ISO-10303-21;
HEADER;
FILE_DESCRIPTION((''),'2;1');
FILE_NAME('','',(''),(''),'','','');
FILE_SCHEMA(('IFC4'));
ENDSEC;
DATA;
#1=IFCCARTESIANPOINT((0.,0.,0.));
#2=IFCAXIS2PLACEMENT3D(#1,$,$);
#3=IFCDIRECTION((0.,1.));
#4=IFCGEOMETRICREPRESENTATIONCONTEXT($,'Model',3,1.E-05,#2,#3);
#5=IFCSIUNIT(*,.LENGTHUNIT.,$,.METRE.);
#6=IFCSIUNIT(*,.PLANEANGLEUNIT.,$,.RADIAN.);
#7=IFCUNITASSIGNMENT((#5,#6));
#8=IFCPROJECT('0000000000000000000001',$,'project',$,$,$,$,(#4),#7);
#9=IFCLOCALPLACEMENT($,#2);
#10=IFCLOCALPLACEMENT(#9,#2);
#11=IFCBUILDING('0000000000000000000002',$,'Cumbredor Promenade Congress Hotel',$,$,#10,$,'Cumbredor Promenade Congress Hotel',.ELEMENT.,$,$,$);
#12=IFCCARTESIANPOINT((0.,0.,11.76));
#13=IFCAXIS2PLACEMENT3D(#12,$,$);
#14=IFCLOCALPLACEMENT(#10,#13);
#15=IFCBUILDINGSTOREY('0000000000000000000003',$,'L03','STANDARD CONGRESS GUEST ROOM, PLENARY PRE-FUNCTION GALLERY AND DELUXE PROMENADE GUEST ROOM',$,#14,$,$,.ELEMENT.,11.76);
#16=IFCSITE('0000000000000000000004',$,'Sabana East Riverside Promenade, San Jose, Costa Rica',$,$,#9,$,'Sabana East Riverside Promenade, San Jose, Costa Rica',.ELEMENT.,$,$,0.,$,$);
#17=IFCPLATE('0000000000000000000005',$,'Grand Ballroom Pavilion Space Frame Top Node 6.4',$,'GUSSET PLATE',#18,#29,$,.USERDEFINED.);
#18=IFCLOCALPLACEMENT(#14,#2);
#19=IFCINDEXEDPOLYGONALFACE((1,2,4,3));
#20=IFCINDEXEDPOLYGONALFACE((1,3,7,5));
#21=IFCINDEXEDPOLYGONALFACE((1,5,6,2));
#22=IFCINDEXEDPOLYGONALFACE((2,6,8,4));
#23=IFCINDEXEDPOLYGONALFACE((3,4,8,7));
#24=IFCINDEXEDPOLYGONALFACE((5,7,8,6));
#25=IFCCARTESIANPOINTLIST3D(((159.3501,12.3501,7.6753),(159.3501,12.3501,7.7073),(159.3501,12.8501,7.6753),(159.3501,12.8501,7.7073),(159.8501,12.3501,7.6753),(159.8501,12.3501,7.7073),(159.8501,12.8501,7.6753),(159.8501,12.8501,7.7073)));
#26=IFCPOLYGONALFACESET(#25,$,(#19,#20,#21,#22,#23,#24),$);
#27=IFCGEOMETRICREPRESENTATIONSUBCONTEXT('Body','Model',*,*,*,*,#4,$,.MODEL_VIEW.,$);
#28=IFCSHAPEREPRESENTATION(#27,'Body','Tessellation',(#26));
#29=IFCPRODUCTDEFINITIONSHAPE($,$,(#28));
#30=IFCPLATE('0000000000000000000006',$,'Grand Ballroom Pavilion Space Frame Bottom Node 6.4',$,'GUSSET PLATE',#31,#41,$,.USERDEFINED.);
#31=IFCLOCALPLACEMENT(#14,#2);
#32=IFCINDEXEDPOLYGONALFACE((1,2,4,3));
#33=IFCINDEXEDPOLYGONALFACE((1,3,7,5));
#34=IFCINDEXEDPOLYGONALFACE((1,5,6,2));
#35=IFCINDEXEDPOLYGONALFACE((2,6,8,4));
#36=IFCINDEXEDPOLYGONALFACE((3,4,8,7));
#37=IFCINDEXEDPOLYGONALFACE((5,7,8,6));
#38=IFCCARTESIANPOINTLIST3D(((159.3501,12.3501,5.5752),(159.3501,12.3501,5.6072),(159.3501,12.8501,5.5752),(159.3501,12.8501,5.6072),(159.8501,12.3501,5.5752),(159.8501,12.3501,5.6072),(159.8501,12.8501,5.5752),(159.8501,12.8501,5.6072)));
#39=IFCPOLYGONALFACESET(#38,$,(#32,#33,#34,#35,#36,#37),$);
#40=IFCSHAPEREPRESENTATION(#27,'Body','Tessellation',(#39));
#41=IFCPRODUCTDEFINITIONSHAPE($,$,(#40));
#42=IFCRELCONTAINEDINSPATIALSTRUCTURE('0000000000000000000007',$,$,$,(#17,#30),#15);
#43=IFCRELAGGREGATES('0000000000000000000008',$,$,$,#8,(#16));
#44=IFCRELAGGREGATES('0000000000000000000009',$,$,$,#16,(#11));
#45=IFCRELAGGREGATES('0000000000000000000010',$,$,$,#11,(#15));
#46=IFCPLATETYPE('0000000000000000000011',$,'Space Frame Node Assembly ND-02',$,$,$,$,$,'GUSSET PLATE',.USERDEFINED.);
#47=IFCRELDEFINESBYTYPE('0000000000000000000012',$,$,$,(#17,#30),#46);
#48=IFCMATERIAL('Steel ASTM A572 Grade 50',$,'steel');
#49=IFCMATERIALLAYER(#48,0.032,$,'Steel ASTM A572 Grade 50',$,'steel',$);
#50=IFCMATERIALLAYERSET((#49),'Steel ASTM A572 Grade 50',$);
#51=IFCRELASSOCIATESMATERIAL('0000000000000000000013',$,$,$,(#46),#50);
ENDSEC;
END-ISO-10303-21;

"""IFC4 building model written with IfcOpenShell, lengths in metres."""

from ifc_helpers import new_model, si_unit, direction, frame, origin, origin_2d, place, context, subcontext, project, spatial, rectangle, extrude, material, layer, layer_set, type_object, element, save


model = new_model("IFC4")

# Units and contexts
model_context = context("Model", 3, precision=1e-05, world=origin(), true_north=direction((0.0, 1.0)))
body_context = subcontext(model_context, "Body", "Model", "MODEL_VIEW")
ifc_project = project(units=[si_unit("LENGTHUNIT", "METRE"), si_unit("PLANEANGLEUNIT", "RADIAN")], contexts=[model_context])

# Site, building, storey
site_placement = place(None, origin())
site = spatial("IfcSite", under=ifc_project, at=site_placement, Name="Sabana East Riverside Promenade, San Jose, Costa Rica", LongName="Sabana East Riverside Promenade, San Jose, Costa Rica", CompositionType="ELEMENT", RefElevation=0.0)
building_placement = place(site_placement, origin())
building = spatial("IfcBuilding", under=site, at=building_placement, Name="Cumbredor Promenade Congress Hotel", LongName="Cumbredor Promenade Congress Hotel", CompositionType="ELEMENT")
storey_placement = place(building_placement, frame((0.0, 0.0, 11.76)))
storey = spatial("IfcBuildingStorey", under=building, at=storey_placement, Name="L03", Description="STANDARD CONGRESS GUEST ROOM, PLENARY PRE-FUNCTION GALLERY AND DELUXE PROMENADE GUEST ROOM", CompositionType="ELEMENT", Elevation=11.76)

# Plates
ifc_material_1 = material(Name="Steel ASTM A572 Grade 50", Category="steel")
ifc_layer_1 = layer(ifc_material_1, 0.032, Name="Steel ASTM A572 Grade 50", Category="steel")
ifc_layer_set_1 = layer_set([ifc_layer_1], Name="Steel ASTM A572 Grade 50")
plate_type_1 = type_object("IfcPlateType", Name="Space Frame Node Assembly ND-02", ElementType="GUSSET PLATE", PredefinedType="USERDEFINED", material=ifc_layer_set_1)
for number, where, z_axis, x_axis, name in (
    (1, (159.6001, 12.6001, 7.6753), (0.0, 0.0, 1.0), (1.0, 0.0, 0.0), "Grand Ballroom Pavilion Space Frame Top Node 6.4"),
    (2, (159.6001, 12.6001, 5.5752), (0.0, 0.0, 1.0), (1.0, 0.0, 0.0), "Grand Ballroom Pavilion Space Frame Bottom Node 6.4"),
):
    element("IfcPlate", number, at=place(storey_placement, frame(where, z_axis=z_axis, x_axis=x_axis)), inside=storey, type_object=plate_type_1, Name=name, ObjectType="GUSSET PLATE", PredefinedType="USERDEFINED", context=body_context, shape_type="SweptSolid", body=[
        extrude(rectangle(XDim=0.5, YDim=0.5, at=origin_2d()), origin(), (0.0, 0.0, 1.0), 0.032),
    ])

save(model, "model.ifc")
